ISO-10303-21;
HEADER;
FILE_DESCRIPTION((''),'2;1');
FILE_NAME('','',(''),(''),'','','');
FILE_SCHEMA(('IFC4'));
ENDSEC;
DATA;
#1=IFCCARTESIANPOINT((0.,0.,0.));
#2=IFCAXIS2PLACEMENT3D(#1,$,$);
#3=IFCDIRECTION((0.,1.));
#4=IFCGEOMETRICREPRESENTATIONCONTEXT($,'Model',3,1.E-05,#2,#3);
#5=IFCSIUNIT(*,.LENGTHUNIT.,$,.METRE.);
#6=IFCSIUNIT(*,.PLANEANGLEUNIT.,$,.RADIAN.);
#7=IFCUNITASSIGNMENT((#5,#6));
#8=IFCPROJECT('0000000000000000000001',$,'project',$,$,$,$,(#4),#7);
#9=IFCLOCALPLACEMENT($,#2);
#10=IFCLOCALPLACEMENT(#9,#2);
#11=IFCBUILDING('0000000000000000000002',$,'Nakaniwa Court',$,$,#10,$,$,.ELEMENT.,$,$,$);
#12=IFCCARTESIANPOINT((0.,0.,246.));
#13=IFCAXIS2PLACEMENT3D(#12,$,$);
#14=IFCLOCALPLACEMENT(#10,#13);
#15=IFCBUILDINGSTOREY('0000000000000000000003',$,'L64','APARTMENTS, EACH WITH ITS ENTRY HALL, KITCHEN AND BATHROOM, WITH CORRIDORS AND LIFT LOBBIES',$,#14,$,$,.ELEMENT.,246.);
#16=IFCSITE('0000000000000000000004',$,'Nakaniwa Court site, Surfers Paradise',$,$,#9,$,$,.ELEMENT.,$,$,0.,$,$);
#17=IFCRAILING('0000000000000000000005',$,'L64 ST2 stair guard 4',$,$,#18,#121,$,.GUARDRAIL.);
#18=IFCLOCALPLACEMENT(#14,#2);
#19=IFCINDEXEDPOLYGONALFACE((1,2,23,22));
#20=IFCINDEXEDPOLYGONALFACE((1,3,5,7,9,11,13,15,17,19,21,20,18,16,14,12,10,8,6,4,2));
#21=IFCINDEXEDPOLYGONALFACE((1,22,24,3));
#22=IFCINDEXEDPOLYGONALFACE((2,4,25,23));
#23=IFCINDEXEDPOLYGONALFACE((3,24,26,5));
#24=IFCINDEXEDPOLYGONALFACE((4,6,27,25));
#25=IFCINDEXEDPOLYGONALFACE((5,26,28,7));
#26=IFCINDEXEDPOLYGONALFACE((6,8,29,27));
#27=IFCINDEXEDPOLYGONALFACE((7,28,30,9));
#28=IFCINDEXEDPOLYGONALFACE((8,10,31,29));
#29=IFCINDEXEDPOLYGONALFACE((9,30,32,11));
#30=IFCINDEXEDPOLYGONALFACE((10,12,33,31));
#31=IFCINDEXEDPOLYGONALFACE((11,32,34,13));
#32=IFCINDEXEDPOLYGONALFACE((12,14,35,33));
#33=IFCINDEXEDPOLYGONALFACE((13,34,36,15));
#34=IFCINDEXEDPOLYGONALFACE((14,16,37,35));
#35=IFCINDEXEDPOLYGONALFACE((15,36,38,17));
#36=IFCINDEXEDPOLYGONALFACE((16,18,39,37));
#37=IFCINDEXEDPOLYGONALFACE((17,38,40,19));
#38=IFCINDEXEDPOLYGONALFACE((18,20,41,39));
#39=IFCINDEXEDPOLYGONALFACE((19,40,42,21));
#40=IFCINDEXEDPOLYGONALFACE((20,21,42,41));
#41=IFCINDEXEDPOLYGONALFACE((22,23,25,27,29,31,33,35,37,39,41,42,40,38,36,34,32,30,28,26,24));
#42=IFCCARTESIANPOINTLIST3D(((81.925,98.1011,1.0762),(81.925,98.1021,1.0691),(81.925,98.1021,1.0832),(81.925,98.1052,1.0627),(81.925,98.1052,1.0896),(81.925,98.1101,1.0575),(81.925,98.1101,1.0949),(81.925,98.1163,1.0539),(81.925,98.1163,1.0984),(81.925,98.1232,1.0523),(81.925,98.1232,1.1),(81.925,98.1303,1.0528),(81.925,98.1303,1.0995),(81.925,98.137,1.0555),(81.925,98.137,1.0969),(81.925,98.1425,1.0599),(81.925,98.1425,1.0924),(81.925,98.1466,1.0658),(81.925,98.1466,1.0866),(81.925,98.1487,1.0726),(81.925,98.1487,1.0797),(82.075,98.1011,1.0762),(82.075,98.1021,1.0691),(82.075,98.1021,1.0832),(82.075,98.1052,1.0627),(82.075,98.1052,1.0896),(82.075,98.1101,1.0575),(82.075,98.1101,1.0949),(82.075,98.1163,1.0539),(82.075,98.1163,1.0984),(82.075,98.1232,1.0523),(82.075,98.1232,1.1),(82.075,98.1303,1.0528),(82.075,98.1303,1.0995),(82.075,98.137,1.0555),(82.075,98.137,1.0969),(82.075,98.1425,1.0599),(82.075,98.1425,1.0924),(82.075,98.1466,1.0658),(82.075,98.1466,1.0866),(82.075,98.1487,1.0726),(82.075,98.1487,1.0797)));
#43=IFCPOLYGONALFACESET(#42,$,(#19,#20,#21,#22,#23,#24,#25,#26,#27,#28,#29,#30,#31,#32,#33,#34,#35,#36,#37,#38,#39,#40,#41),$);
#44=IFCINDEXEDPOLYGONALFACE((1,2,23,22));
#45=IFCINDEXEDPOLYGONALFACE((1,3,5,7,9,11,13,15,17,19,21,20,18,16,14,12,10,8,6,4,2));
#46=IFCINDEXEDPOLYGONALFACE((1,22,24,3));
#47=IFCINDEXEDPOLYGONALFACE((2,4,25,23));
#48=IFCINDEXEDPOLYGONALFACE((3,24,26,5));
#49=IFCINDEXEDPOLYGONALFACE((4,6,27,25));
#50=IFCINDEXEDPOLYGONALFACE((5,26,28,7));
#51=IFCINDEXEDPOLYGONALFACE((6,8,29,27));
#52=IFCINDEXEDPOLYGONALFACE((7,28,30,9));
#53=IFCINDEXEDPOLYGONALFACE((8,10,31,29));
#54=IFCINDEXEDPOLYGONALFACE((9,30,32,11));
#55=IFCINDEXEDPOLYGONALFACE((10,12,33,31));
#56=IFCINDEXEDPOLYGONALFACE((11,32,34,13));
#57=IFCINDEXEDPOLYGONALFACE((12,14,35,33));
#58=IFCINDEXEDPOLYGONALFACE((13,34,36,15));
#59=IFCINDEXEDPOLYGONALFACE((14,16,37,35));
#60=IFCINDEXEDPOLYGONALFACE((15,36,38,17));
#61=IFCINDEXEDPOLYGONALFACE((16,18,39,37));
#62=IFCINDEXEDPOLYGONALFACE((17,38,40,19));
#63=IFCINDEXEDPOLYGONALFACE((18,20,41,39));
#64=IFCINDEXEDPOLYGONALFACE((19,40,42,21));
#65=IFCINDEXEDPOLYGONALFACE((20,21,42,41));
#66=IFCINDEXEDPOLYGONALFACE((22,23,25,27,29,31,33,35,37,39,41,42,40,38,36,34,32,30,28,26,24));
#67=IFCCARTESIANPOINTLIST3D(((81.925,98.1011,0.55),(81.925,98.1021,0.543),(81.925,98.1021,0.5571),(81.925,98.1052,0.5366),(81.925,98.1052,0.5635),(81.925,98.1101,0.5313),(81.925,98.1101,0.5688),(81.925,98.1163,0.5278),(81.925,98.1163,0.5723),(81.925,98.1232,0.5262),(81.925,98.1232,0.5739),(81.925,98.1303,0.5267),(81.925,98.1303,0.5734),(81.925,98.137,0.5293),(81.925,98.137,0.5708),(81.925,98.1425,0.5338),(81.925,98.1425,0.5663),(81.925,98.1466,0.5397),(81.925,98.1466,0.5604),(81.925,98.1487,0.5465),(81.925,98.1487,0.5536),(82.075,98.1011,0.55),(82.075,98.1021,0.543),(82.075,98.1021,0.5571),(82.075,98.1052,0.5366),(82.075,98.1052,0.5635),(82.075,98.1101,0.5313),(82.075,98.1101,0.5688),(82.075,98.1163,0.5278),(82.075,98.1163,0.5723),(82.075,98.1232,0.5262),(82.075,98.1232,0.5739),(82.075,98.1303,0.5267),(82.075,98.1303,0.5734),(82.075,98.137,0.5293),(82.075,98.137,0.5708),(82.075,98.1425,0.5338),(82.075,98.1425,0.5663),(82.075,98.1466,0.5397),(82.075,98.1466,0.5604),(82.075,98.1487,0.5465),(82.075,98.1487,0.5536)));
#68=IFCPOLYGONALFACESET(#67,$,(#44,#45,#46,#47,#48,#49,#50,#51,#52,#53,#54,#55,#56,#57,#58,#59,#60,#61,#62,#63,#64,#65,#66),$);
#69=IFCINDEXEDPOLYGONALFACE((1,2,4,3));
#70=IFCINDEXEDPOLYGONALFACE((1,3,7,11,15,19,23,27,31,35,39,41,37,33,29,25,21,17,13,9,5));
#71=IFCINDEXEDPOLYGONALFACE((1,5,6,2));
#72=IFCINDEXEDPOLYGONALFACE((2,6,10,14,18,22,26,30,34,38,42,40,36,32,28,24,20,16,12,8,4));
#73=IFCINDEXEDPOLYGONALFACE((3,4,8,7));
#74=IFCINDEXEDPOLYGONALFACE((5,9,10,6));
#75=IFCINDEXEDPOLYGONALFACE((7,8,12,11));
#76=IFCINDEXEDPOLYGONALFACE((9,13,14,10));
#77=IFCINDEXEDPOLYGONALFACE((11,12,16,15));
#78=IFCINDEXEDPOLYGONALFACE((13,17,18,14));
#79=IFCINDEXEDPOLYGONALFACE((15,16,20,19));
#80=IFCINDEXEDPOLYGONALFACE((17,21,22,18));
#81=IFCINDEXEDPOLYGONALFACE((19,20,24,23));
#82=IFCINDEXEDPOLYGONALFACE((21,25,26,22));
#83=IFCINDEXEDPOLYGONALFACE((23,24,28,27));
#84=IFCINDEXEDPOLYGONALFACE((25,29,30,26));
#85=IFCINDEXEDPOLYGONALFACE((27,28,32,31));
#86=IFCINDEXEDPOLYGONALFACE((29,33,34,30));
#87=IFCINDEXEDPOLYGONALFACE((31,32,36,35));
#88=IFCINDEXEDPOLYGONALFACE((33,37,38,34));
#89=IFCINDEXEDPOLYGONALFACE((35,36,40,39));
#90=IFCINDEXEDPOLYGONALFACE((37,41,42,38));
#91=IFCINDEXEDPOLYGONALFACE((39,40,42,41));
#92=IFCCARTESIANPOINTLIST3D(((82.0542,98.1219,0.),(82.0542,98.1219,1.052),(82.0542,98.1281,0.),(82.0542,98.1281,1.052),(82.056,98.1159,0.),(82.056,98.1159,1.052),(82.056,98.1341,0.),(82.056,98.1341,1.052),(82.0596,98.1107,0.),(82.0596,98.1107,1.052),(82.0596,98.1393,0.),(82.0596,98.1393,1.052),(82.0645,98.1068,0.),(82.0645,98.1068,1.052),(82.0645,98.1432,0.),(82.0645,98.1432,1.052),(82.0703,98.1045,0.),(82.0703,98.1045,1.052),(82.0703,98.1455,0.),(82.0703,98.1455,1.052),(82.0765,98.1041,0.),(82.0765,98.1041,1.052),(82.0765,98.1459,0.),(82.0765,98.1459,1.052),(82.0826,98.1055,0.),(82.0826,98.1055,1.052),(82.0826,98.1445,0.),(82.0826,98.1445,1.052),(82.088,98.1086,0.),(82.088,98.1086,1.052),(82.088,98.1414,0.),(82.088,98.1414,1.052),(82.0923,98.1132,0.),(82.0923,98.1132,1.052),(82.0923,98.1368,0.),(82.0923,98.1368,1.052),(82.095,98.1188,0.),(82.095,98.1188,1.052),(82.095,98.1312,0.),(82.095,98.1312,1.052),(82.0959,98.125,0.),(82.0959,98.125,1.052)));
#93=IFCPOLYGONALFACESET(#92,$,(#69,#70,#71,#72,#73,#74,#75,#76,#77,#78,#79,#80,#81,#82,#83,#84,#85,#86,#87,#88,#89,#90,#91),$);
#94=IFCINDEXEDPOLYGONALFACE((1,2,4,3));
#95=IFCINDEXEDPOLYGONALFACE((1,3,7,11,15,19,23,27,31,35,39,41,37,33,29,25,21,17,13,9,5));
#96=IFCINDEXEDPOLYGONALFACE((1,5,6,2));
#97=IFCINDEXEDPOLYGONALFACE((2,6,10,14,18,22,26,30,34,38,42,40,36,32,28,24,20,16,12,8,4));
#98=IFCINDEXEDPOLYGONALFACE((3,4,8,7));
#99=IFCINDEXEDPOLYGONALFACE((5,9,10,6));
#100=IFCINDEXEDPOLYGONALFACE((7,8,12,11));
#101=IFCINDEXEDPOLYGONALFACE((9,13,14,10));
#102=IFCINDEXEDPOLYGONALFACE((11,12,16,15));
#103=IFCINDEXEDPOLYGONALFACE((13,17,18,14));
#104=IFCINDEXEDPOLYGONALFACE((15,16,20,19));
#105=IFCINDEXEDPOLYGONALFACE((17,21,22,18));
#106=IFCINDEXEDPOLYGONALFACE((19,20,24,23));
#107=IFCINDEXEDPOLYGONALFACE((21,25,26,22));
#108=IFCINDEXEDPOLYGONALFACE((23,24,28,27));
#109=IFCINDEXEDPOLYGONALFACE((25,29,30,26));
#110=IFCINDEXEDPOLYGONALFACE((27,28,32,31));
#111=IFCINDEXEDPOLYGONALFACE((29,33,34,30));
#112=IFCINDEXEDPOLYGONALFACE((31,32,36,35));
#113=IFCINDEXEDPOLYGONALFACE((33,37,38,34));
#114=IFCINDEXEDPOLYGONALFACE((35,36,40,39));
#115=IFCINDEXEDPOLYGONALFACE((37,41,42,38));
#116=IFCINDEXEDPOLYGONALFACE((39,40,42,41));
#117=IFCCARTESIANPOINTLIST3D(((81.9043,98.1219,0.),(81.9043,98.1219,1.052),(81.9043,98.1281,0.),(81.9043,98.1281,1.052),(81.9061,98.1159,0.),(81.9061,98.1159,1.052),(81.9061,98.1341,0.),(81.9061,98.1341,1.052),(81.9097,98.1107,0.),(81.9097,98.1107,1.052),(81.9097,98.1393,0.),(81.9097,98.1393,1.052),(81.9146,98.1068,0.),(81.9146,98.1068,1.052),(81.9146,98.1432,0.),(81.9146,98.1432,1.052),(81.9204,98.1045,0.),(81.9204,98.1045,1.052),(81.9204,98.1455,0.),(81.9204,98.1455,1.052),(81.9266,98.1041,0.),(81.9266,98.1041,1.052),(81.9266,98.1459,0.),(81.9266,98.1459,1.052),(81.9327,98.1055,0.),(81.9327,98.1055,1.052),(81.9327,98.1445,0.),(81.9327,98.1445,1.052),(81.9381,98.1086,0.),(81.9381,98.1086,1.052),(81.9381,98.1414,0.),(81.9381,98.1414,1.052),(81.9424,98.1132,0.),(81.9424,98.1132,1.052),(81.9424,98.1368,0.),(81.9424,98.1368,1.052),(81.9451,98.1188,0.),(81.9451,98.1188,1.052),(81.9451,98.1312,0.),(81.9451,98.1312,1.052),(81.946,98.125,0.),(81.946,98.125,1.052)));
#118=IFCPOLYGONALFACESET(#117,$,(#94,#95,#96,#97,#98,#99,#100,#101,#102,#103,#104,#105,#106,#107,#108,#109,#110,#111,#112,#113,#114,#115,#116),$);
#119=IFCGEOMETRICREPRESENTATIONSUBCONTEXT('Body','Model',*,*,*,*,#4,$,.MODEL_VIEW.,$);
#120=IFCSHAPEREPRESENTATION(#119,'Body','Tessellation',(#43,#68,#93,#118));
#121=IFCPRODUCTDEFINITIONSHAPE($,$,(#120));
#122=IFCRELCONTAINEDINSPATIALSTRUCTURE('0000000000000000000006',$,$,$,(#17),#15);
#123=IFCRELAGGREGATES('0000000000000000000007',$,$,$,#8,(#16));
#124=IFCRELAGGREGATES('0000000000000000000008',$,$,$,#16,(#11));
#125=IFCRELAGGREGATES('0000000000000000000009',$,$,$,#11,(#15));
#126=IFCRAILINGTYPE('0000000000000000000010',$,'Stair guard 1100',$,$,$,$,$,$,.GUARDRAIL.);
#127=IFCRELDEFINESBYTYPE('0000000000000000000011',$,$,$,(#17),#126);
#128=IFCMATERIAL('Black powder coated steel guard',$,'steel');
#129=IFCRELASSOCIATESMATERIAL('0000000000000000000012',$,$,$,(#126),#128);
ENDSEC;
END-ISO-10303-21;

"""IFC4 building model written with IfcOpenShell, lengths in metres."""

from ifc_helpers import new_model, si_unit, direction, frame, origin, origin_2d, place, context, subcontext, project, spatial, circle, extrude, material, type_object, element, save


model = new_model("IFC4")

# Units and contexts
model_context = context("Model", 3, precision=1e-05, world=origin(), true_north=direction((0.0, 1.0)))
body_context = subcontext(model_context, "Body", "Model", "MODEL_VIEW")
ifc_project = project(units=[si_unit("LENGTHUNIT", "METRE"), si_unit("PLANEANGLEUNIT", "RADIAN")], contexts=[model_context])

# Site, building, storey
site_placement = place(None, origin())
site = spatial("IfcSite", under=ifc_project, at=site_placement, Name="Nakaniwa Court site, Surfers Paradise", CompositionType="ELEMENT", RefElevation=0.0)
building_placement = place(site_placement, origin())
building = spatial("IfcBuilding", under=site, at=building_placement, Name="Nakaniwa Court", CompositionType="ELEMENT")
storey_placement = place(building_placement, frame((0.0, 0.0, 246.0)))
storey = spatial("IfcBuildingStorey", under=building, at=storey_placement, Name="L64", Description="APARTMENTS, EACH WITH ITS ENTRY HALL, KITCHEN AND BATHROOM, WITH CORRIDORS AND LIFT LOBBIES", CompositionType="ELEMENT", Elevation=246.0)

# Railing
ifc_material_1 = material(Name="Black powder coated steel guard", Category="steel")
railing_type_1 = type_object("IfcRailingType", Name="Stair guard 1100", PredefinedType="GUARDRAIL", material=ifc_material_1)
railing_1_placement = place(storey_placement, frame((82.075, 98.125, 0.0)))
element("IfcRailing", 1, at=railing_1_placement, inside=storey, type_object=railing_type_1, Name="L64 ST2 stair guard 4", PredefinedType="GUARDRAIL", context=body_context, shape_type="SweptSolid", body=[
    extrude(circle(Radius=0.0239, at=origin_2d()), frame((0.0, 0.0, 1.0762), z_axis=(-1.0, 0.0, 0.0), x_axis=(0.0, -1.0, 0.0)), (0.0, 0.0, 1.0), 0.1499),
    extrude(circle(Radius=0.0239, at=origin_2d()), frame((0.0, 0.0, 0.55), z_axis=(-1.0, 0.0, 0.0), x_axis=(0.0, -1.0, 0.0)), (0.0, 0.0, 1.0), 0.1499),
    extrude(circle(Radius=0.021, at=origin_2d()), origin(), (0.0, 0.0, 1.0), 1.052),
    extrude(circle(Radius=0.021, at=origin_2d()), frame((-0.1499, 0.0, 0.0)), (0.0, 0.0, 1.0), 1.052),
])

save(model, "model.ifc")
